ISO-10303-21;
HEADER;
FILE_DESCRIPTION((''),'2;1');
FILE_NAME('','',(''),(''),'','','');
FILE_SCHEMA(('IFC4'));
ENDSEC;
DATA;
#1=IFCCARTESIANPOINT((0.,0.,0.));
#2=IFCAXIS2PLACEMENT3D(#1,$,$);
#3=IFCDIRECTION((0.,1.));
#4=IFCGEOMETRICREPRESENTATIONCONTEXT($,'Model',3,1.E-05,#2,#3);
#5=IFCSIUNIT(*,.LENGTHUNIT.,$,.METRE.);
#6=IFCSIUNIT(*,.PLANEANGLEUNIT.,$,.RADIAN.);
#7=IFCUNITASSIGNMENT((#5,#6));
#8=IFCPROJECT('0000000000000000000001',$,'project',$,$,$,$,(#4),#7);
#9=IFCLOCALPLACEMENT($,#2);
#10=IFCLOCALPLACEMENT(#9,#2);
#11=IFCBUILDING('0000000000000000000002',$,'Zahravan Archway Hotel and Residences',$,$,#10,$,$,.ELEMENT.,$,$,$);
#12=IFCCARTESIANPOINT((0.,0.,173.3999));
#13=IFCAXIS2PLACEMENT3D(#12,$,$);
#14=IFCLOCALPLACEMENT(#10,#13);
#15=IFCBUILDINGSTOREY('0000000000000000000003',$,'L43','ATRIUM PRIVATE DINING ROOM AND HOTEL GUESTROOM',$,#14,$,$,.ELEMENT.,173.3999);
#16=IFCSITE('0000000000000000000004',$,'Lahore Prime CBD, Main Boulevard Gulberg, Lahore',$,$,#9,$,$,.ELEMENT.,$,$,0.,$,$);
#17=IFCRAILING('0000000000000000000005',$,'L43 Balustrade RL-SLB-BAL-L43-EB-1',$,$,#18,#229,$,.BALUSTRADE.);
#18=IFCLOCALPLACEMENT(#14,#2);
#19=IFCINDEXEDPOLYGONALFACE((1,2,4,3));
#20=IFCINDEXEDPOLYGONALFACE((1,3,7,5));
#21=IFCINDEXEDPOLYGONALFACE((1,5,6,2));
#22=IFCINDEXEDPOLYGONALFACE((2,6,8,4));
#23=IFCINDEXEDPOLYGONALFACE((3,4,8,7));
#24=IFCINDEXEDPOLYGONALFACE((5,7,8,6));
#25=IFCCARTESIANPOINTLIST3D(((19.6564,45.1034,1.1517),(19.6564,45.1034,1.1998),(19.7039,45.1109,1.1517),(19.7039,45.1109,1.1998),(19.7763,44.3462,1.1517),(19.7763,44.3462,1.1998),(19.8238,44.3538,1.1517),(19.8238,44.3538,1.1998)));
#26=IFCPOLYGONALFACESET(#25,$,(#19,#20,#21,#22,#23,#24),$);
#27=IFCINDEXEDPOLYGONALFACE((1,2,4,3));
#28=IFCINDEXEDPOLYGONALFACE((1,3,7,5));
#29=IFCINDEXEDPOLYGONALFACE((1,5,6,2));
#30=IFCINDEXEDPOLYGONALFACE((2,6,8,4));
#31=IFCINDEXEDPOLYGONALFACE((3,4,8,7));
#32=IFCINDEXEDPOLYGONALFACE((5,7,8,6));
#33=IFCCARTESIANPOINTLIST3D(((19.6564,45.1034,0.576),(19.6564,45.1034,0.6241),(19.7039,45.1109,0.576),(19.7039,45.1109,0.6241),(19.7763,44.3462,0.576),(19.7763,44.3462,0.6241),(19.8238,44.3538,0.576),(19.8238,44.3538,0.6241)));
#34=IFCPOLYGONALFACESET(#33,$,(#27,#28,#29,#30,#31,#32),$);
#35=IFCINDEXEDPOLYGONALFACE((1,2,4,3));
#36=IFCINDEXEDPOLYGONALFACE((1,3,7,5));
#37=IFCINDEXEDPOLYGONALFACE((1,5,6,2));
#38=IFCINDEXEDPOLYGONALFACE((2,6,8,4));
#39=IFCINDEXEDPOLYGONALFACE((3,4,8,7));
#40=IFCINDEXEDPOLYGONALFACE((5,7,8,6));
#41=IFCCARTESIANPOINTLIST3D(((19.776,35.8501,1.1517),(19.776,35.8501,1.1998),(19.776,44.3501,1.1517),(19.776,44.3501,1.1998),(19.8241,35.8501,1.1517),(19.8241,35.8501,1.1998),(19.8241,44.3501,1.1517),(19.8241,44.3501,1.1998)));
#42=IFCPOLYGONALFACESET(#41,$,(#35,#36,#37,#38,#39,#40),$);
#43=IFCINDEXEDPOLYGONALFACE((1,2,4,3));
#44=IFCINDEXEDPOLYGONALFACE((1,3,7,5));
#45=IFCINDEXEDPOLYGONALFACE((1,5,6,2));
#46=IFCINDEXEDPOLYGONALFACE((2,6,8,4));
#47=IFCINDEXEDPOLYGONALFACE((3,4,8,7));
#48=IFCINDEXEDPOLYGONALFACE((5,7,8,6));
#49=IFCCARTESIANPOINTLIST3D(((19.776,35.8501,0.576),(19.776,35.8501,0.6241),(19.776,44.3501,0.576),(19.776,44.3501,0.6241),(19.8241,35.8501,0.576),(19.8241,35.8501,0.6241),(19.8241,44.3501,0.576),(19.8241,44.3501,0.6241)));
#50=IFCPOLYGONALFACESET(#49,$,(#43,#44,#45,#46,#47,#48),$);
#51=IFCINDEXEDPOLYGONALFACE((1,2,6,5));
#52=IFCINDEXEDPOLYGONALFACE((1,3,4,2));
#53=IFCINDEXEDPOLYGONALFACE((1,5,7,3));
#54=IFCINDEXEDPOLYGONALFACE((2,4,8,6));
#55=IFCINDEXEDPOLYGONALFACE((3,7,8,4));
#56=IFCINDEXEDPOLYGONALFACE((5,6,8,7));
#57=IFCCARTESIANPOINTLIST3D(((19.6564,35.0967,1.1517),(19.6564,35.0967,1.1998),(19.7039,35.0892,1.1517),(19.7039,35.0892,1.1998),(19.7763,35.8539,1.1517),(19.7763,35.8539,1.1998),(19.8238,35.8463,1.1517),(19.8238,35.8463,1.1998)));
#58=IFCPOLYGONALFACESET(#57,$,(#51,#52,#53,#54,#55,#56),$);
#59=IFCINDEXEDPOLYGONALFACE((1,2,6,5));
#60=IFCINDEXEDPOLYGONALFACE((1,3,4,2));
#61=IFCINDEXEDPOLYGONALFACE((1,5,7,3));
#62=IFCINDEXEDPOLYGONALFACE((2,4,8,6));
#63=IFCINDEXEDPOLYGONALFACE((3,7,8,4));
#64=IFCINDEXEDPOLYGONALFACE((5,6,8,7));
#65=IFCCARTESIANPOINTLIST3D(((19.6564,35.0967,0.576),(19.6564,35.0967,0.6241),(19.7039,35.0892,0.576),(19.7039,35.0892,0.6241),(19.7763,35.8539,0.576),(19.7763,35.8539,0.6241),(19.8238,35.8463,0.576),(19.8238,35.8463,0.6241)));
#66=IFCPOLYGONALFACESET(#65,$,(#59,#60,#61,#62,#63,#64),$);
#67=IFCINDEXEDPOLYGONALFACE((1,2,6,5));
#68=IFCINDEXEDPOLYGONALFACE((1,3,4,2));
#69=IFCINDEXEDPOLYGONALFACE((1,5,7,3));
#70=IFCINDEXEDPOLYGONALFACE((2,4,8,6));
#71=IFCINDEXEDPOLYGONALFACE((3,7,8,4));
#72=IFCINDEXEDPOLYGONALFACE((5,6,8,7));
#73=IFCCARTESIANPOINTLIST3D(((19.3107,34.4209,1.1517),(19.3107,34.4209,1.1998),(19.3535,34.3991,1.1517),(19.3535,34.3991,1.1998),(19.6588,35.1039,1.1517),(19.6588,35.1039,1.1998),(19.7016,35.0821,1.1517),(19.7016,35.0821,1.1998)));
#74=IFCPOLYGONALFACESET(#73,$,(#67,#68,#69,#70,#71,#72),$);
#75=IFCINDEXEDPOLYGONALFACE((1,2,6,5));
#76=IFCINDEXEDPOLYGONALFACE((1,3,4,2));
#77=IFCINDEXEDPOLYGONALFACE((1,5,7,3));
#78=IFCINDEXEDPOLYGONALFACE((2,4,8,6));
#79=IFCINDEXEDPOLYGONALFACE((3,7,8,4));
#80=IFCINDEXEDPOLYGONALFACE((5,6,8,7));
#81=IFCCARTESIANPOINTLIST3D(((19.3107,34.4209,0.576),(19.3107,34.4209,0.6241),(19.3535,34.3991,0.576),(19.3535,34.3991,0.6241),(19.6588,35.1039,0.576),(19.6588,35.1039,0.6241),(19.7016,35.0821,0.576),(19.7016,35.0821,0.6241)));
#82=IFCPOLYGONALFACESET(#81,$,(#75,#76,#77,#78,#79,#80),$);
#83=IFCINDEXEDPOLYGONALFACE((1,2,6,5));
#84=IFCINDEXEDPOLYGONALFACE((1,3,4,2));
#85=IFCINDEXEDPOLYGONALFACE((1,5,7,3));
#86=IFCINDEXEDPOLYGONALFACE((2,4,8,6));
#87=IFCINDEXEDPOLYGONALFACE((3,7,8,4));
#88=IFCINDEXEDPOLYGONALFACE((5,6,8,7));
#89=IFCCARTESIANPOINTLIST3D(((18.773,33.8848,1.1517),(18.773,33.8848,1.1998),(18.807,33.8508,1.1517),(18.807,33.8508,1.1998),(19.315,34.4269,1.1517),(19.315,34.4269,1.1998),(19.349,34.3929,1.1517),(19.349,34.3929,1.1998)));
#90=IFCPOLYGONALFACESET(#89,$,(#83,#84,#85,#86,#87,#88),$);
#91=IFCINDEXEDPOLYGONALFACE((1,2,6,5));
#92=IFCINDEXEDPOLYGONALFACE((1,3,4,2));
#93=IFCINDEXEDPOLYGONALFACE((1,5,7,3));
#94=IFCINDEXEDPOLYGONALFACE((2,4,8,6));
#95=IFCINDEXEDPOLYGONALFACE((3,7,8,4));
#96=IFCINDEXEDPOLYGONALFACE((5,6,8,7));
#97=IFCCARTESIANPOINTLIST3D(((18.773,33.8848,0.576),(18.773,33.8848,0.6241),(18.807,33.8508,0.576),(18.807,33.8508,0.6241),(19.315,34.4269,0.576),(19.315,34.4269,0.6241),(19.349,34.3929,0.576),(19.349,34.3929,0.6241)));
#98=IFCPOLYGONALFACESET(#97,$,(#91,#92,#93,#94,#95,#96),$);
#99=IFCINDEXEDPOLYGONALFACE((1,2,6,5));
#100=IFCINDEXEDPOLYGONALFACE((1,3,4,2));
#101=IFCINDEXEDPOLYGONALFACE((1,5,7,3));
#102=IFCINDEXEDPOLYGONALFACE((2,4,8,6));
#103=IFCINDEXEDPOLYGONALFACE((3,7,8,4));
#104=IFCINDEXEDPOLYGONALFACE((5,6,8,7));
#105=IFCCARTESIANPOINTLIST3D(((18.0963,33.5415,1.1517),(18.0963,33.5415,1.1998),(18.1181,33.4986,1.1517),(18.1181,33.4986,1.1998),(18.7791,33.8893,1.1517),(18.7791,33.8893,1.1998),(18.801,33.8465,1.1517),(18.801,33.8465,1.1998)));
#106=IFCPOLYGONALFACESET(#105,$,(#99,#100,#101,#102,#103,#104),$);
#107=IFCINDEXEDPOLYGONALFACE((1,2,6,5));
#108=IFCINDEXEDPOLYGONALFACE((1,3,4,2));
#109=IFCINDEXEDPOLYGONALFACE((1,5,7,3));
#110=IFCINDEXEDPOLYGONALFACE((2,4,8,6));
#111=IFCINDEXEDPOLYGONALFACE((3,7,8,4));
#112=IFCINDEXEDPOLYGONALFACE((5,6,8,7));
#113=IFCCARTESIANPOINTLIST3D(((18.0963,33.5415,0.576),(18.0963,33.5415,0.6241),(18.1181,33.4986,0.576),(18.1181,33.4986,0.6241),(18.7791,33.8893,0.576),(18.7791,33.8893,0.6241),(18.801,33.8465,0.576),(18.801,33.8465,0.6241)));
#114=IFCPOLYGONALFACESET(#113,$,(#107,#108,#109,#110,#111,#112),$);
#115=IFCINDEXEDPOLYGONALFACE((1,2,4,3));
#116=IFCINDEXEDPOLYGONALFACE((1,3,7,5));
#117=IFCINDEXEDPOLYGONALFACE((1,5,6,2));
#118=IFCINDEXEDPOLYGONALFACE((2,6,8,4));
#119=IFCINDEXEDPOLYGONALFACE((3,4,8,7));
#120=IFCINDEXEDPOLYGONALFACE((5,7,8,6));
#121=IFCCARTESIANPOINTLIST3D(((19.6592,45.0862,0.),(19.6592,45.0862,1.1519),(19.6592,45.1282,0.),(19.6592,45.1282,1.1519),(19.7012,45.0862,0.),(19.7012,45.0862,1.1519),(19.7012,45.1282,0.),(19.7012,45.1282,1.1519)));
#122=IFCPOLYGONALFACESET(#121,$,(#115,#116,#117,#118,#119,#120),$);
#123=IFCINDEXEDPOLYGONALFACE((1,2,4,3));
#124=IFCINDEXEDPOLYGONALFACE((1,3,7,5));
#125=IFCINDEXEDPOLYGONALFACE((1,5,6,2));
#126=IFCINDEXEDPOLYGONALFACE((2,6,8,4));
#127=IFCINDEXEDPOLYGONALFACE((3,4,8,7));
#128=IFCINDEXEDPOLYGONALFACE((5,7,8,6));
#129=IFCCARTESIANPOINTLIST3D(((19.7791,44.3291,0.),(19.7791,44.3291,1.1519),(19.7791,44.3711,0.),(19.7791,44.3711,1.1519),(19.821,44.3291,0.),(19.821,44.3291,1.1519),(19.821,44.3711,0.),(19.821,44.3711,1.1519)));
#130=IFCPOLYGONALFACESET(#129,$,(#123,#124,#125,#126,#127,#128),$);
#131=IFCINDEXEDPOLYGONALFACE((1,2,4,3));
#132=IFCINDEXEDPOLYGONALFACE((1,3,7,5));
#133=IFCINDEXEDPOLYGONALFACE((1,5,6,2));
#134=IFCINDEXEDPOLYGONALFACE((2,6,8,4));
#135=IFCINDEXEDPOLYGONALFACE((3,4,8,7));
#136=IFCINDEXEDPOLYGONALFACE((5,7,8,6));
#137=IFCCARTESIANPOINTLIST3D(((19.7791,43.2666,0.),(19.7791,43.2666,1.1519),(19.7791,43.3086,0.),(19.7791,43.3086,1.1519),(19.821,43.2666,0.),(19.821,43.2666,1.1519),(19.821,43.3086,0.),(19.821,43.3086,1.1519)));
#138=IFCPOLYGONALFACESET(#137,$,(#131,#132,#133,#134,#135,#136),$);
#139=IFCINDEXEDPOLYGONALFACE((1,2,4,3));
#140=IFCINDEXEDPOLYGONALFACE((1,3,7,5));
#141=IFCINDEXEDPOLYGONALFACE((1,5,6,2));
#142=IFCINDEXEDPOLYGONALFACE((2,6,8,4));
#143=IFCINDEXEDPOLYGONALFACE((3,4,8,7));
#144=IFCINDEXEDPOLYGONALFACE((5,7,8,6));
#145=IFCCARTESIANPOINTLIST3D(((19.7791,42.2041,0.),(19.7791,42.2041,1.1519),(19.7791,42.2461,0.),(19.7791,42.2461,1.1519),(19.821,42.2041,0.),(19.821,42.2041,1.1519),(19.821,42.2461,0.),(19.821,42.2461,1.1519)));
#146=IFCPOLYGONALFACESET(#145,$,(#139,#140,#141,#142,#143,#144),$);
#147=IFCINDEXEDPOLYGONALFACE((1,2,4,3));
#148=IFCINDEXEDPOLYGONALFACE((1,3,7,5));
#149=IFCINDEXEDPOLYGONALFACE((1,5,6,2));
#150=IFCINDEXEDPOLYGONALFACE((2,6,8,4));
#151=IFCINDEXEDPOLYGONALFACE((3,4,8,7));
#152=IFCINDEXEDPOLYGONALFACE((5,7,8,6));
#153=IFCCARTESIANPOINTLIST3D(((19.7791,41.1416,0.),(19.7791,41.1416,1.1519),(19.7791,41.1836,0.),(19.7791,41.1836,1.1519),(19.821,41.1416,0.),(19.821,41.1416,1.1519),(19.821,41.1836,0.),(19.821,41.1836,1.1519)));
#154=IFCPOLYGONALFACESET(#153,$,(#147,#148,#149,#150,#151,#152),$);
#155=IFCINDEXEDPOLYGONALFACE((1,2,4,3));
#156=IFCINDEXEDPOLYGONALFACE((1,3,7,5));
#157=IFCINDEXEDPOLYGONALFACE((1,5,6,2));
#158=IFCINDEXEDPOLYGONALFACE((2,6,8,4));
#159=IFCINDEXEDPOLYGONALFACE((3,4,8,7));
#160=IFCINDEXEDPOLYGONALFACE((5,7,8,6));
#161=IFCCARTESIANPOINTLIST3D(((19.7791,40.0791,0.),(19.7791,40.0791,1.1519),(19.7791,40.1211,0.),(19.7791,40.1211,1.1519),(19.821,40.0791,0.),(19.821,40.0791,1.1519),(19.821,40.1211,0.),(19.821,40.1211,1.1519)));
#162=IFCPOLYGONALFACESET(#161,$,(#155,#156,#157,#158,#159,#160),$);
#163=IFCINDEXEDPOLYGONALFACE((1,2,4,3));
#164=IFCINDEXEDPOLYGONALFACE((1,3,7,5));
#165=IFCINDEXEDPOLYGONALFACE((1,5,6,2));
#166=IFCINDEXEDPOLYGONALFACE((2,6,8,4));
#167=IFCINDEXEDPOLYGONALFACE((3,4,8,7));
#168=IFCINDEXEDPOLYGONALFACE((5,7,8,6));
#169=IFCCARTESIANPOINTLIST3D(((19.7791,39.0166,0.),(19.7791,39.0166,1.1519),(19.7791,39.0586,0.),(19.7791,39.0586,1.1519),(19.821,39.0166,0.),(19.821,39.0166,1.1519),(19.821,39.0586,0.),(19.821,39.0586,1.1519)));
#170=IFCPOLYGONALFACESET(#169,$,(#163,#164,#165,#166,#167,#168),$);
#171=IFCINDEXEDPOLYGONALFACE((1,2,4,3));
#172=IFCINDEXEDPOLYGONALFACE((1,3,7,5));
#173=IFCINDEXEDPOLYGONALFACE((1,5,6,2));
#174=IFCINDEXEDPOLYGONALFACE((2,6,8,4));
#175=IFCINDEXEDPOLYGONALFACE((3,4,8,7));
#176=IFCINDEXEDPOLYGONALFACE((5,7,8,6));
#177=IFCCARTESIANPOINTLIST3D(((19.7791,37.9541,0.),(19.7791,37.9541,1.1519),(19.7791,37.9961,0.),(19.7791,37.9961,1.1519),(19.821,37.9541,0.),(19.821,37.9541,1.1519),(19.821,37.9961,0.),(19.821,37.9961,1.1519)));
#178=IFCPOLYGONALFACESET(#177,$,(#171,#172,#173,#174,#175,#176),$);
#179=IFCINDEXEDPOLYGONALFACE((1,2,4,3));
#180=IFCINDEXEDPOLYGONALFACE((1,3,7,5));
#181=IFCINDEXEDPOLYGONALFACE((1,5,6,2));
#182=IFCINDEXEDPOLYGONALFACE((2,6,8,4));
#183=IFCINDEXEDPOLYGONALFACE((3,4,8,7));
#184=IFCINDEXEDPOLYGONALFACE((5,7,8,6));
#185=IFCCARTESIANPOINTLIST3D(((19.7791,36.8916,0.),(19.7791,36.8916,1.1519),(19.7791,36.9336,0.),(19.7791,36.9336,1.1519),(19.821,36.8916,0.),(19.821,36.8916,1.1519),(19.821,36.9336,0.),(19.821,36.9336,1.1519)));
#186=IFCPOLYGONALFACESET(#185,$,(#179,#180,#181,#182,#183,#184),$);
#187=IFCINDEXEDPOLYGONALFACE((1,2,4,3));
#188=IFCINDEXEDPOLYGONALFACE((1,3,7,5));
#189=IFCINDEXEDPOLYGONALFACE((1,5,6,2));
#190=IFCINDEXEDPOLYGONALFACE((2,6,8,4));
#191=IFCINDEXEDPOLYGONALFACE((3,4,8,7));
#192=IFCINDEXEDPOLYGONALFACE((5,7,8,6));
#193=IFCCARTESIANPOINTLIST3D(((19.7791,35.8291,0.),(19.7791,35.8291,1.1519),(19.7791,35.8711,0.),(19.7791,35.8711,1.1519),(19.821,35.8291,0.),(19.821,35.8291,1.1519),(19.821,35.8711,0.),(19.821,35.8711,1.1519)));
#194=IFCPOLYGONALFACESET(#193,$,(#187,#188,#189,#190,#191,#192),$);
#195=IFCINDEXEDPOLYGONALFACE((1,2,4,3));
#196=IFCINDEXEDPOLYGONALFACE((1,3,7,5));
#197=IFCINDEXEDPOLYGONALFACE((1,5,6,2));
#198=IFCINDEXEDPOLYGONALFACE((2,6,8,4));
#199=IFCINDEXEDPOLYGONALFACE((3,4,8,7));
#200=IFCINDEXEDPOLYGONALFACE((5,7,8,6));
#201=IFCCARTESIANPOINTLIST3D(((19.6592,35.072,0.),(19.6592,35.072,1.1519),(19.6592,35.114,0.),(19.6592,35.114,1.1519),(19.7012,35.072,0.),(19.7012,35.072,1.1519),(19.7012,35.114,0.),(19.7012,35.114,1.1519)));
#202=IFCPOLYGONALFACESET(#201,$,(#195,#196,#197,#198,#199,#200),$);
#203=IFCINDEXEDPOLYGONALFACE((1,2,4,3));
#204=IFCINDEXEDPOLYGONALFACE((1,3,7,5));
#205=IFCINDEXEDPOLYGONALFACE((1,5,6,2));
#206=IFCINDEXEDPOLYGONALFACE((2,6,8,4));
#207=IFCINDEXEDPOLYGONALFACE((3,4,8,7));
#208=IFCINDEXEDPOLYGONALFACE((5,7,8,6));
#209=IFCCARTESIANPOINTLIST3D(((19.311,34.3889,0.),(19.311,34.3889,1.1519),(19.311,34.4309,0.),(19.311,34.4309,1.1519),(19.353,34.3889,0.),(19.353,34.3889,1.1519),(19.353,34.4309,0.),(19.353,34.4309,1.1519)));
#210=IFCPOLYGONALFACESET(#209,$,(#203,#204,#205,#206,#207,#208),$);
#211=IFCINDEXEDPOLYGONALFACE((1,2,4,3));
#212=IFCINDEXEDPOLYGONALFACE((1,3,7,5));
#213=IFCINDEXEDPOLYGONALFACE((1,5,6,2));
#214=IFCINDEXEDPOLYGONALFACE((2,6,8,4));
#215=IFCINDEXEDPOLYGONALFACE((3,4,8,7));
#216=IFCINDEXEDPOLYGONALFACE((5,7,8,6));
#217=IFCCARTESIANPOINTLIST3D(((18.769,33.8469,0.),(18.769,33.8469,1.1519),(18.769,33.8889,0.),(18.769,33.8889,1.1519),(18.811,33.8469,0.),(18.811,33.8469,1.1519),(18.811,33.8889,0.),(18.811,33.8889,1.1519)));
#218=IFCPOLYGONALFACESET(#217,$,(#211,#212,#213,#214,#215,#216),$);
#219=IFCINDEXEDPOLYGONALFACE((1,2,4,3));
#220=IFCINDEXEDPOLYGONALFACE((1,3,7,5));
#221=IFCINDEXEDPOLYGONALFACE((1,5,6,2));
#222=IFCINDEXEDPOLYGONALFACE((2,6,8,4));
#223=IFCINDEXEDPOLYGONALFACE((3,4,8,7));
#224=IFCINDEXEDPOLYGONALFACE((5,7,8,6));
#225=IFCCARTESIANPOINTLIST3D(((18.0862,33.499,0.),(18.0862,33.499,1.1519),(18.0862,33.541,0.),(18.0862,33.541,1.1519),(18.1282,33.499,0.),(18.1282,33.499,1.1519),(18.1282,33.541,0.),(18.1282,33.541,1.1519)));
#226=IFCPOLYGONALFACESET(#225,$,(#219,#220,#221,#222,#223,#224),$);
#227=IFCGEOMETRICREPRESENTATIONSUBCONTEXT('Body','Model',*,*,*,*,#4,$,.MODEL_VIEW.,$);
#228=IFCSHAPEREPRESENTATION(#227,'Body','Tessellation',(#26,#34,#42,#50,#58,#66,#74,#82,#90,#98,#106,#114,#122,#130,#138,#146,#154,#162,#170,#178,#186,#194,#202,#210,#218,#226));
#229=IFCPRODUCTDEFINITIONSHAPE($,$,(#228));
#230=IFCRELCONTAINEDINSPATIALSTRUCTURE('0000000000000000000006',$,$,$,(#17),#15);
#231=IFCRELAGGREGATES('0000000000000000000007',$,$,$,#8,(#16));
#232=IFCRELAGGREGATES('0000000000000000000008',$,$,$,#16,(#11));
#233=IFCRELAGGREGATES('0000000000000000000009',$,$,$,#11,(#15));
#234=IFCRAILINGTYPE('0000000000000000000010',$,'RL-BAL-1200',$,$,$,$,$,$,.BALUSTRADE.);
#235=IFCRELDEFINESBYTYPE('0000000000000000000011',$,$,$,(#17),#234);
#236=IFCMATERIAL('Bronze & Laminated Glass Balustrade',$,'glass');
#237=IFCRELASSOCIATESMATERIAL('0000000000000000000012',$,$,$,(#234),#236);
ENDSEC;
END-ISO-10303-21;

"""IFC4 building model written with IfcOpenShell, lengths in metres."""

from ifc_helpers import new_model, si_unit, direction, frame, origin, origin_2d, place, context, subcontext, project, spatial, rectangle, extrude, material, type_object, element, save


model = new_model("IFC4")

# Units and contexts
model_context = context("Model", 3, precision=1e-05, world=origin(), true_north=direction((0.0, 1.0)))
body_context = subcontext(model_context, "Body", "Model", "MODEL_VIEW")
ifc_project = project(units=[si_unit("LENGTHUNIT", "METRE"), si_unit("PLANEANGLEUNIT", "RADIAN")], contexts=[model_context])

# Site, building, storey
site_placement = place(None, origin())
site = spatial("IfcSite", under=ifc_project, at=site_placement, Name="Lahore Prime CBD, Main Boulevard Gulberg, Lahore", CompositionType="ELEMENT", RefElevation=0.0)
building_placement = place(site_placement, origin())
building = spatial("IfcBuilding", under=site, at=building_placement, Name="Zahravan Archway Hotel and Residences", CompositionType="ELEMENT")
storey_placement = place(building_placement, frame((0.0, 0.0, 173.3999)))
storey = spatial("IfcBuildingStorey", under=building, at=storey_placement, Name="L43", Description="ATRIUM PRIVATE DINING ROOM AND HOTEL GUESTROOM", CompositionType="ELEMENT", Elevation=173.3999)

# Railing
ifc_material_1 = material(Name="Bronze & Laminated Glass Balustrade", Category="glass")
railing_type = type_object("IfcRailingType", Name="RL-BAL-1200", PredefinedType="BALUSTRADE", material=ifc_material_1)
railing_placement = place(storey_placement, frame((19.6802, 45.1072, 0.0)))
element("IfcRailing", 1, at=railing_placement, inside=storey, type_object=railing_type, Name="L43 Balustrade RL-SLB-BAL-L43-EB-1", PredefinedType="BALUSTRADE", context=body_context, shape_type="SweptSolid", body=[
    extrude(rectangle(XDim=0.0481, YDim=0.0481, at=origin_2d()), frame((0.0, 0.0, 1.1758), z_axis=(0.156388, -0.987696, 0.0), x_axis=(0.987696, 0.156388, 0.0)), (0.0, 0.0, 1.0), 0.7666),
    extrude(rectangle(XDim=0.0481, YDim=0.0481, at=origin_2d()), frame((0.0, 0.0, 0.6001), z_axis=(0.156388, -0.987696, 0.0), x_axis=(0.987696, 0.156388, 0.0)), (0.0, 0.0, 1.0), 0.7666),
    extrude(rectangle(XDim=0.0481, YDim=0.0481, at=origin_2d()), frame((0.1199, -0.7571, 1.1758), z_axis=(0.0, -1.0, 0.0), x_axis=(1.0, 0.0, 0.0)), (0.0, 0.0, 1.0), 8.5),
    extrude(rectangle(XDim=0.0481, YDim=0.0481, at=origin_2d()), frame((0.1199, -0.7571, 0.6001), z_axis=(0.0, -1.0, 0.0), x_axis=(1.0, 0.0, 0.0)), (0.0, 0.0, 1.0), 8.5),
    extrude(rectangle(XDim=0.0481, YDim=0.0481, at=origin_2d()), frame((0.1199, -9.2571, 1.1758), z_axis=(-0.156388, -0.987696, 0.0), x_axis=(0.987696, -0.156388, 0.0)), (0.0, 0.0, 1.0), 0.7666),
    extrude(rectangle(XDim=0.0481, YDim=0.0481, at=origin_2d()), frame((0.1199, -9.2571, 0.6001), z_axis=(-0.156388, -0.987696, 0.0), x_axis=(0.987696, -0.156388, 0.0)), (0.0, 0.0, 1.0), 0.7666),
    extrude(rectangle(XDim=0.0481, YDim=0.0481, at=origin_2d()), frame((0.0, -10.0142, 1.1758), z_axis=(-0.454078, -0.890962, 0.0), x_axis=(0.890962, -0.454078, 0.0)), (0.0, 0.0, 1.0), 0.7666),
    extrude(rectangle(XDim=0.0481, YDim=0.0481, at=origin_2d()), frame((0.0, -10.0142, 0.6001), z_axis=(-0.454078, -0.890962, 0.0), x_axis=(0.890962, -0.454078, 0.0)), (0.0, 0.0, 1.0), 0.7666),
    extrude(rectangle(XDim=0.0481, YDim=0.0481, at=origin_2d()), frame((-0.3481, -10.6973, 1.1758), z_axis=(-0.707107, -0.707107, 0.0), x_axis=(0.707107, -0.707107, 0.0)), (0.0, 0.0, 1.0), 0.7666),
    extrude(rectangle(XDim=0.0481, YDim=0.0481, at=origin_2d()), frame((-0.3481, -10.6973, 0.6001), z_axis=(-0.707107, -0.707107, 0.0), x_axis=(0.707107, -0.707107, 0.0)), (0.0, 0.0, 1.0), 0.7666),
    extrude(rectangle(XDim=0.0481, YDim=0.0481, at=origin_2d()), frame((-0.8901, -11.2393, 1.1758), z_axis=(-0.891025, -0.453954, 0.0), x_axis=(0.453954, -0.891025, 0.0)), (0.0, 0.0, 1.0), 0.7664),
    extrude(rectangle(XDim=0.0481, YDim=0.0481, at=origin_2d()), frame((-0.8901, -11.2393, 0.6001), z_axis=(-0.891025, -0.453954, 0.0), x_axis=(0.453954, -0.891025, 0.0)), (0.0, 0.0, 1.0), 0.7664),
    extrude(rectangle(XDim=0.042, YDim=0.042, at=origin_2d()), origin(), (0.0, 0.0, 1.0), 1.1519),
    extrude(rectangle(XDim=0.042, YDim=0.042, at=origin_2d()), frame((0.1199, -0.7571, 0.0)), (0.0, 0.0, 1.0), 1.1519),
    extrude(rectangle(XDim=0.042, YDim=0.042, at=origin_2d()), frame((0.1199, -1.8196, 0.0)), (0.0, 0.0, 1.0), 1.1519),
    extrude(rectangle(XDim=0.042, YDim=0.042, at=origin_2d()), frame((0.1199, -2.8821, 0.0)), (0.0, 0.0, 1.0), 1.1519),
    extrude(rectangle(XDim=0.042, YDim=0.042, at=origin_2d()), frame((0.1199, -3.9446, 0.0)), (0.0, 0.0, 1.0), 1.1519),
    extrude(rectangle(XDim=0.042, YDim=0.042, at=origin_2d()), frame((0.1199, -5.0071, 0.0)), (0.0, 0.0, 1.0), 1.1519),
    extrude(rectangle(XDim=0.042, YDim=0.042, at=origin_2d()), frame((0.1199, -6.0696, 0.0)), (0.0, 0.0, 1.0), 1.1519),
    extrude(rectangle(XDim=0.042, YDim=0.042, at=origin_2d()), frame((0.1199, -7.1321, 0.0)), (0.0, 0.0, 1.0), 1.1519),
    extrude(rectangle(XDim=0.042, YDim=0.042, at=origin_2d()), frame((0.1199, -8.1946, 0.0)), (0.0, 0.0, 1.0), 1.1519),
    extrude(rectangle(XDim=0.042, YDim=0.042, at=origin_2d()), frame((0.1199, -9.2571, 0.0)), (0.0, 0.0, 1.0), 1.1519),
    extrude(rectangle(XDim=0.042, YDim=0.042, at=origin_2d()), frame((0.0, -10.0142, 0.0)), (0.0, 0.0, 1.0), 1.1519),
    extrude(rectangle(XDim=0.042, YDim=0.042, at=origin_2d()), frame((-0.3481, -10.6973, 0.0)), (0.0, 0.0, 1.0), 1.1519),
    extrude(rectangle(XDim=0.042, YDim=0.042, at=origin_2d()), frame((-0.8901, -11.2393, 0.0)), (0.0, 0.0, 1.0), 1.1519),
    extrude(rectangle(XDim=0.042, YDim=0.042, at=origin_2d()), frame((-1.573, -11.5872, 0.0)), (0.0, 0.0, 1.0), 1.1519),
])

save(model, "model.ifc")
